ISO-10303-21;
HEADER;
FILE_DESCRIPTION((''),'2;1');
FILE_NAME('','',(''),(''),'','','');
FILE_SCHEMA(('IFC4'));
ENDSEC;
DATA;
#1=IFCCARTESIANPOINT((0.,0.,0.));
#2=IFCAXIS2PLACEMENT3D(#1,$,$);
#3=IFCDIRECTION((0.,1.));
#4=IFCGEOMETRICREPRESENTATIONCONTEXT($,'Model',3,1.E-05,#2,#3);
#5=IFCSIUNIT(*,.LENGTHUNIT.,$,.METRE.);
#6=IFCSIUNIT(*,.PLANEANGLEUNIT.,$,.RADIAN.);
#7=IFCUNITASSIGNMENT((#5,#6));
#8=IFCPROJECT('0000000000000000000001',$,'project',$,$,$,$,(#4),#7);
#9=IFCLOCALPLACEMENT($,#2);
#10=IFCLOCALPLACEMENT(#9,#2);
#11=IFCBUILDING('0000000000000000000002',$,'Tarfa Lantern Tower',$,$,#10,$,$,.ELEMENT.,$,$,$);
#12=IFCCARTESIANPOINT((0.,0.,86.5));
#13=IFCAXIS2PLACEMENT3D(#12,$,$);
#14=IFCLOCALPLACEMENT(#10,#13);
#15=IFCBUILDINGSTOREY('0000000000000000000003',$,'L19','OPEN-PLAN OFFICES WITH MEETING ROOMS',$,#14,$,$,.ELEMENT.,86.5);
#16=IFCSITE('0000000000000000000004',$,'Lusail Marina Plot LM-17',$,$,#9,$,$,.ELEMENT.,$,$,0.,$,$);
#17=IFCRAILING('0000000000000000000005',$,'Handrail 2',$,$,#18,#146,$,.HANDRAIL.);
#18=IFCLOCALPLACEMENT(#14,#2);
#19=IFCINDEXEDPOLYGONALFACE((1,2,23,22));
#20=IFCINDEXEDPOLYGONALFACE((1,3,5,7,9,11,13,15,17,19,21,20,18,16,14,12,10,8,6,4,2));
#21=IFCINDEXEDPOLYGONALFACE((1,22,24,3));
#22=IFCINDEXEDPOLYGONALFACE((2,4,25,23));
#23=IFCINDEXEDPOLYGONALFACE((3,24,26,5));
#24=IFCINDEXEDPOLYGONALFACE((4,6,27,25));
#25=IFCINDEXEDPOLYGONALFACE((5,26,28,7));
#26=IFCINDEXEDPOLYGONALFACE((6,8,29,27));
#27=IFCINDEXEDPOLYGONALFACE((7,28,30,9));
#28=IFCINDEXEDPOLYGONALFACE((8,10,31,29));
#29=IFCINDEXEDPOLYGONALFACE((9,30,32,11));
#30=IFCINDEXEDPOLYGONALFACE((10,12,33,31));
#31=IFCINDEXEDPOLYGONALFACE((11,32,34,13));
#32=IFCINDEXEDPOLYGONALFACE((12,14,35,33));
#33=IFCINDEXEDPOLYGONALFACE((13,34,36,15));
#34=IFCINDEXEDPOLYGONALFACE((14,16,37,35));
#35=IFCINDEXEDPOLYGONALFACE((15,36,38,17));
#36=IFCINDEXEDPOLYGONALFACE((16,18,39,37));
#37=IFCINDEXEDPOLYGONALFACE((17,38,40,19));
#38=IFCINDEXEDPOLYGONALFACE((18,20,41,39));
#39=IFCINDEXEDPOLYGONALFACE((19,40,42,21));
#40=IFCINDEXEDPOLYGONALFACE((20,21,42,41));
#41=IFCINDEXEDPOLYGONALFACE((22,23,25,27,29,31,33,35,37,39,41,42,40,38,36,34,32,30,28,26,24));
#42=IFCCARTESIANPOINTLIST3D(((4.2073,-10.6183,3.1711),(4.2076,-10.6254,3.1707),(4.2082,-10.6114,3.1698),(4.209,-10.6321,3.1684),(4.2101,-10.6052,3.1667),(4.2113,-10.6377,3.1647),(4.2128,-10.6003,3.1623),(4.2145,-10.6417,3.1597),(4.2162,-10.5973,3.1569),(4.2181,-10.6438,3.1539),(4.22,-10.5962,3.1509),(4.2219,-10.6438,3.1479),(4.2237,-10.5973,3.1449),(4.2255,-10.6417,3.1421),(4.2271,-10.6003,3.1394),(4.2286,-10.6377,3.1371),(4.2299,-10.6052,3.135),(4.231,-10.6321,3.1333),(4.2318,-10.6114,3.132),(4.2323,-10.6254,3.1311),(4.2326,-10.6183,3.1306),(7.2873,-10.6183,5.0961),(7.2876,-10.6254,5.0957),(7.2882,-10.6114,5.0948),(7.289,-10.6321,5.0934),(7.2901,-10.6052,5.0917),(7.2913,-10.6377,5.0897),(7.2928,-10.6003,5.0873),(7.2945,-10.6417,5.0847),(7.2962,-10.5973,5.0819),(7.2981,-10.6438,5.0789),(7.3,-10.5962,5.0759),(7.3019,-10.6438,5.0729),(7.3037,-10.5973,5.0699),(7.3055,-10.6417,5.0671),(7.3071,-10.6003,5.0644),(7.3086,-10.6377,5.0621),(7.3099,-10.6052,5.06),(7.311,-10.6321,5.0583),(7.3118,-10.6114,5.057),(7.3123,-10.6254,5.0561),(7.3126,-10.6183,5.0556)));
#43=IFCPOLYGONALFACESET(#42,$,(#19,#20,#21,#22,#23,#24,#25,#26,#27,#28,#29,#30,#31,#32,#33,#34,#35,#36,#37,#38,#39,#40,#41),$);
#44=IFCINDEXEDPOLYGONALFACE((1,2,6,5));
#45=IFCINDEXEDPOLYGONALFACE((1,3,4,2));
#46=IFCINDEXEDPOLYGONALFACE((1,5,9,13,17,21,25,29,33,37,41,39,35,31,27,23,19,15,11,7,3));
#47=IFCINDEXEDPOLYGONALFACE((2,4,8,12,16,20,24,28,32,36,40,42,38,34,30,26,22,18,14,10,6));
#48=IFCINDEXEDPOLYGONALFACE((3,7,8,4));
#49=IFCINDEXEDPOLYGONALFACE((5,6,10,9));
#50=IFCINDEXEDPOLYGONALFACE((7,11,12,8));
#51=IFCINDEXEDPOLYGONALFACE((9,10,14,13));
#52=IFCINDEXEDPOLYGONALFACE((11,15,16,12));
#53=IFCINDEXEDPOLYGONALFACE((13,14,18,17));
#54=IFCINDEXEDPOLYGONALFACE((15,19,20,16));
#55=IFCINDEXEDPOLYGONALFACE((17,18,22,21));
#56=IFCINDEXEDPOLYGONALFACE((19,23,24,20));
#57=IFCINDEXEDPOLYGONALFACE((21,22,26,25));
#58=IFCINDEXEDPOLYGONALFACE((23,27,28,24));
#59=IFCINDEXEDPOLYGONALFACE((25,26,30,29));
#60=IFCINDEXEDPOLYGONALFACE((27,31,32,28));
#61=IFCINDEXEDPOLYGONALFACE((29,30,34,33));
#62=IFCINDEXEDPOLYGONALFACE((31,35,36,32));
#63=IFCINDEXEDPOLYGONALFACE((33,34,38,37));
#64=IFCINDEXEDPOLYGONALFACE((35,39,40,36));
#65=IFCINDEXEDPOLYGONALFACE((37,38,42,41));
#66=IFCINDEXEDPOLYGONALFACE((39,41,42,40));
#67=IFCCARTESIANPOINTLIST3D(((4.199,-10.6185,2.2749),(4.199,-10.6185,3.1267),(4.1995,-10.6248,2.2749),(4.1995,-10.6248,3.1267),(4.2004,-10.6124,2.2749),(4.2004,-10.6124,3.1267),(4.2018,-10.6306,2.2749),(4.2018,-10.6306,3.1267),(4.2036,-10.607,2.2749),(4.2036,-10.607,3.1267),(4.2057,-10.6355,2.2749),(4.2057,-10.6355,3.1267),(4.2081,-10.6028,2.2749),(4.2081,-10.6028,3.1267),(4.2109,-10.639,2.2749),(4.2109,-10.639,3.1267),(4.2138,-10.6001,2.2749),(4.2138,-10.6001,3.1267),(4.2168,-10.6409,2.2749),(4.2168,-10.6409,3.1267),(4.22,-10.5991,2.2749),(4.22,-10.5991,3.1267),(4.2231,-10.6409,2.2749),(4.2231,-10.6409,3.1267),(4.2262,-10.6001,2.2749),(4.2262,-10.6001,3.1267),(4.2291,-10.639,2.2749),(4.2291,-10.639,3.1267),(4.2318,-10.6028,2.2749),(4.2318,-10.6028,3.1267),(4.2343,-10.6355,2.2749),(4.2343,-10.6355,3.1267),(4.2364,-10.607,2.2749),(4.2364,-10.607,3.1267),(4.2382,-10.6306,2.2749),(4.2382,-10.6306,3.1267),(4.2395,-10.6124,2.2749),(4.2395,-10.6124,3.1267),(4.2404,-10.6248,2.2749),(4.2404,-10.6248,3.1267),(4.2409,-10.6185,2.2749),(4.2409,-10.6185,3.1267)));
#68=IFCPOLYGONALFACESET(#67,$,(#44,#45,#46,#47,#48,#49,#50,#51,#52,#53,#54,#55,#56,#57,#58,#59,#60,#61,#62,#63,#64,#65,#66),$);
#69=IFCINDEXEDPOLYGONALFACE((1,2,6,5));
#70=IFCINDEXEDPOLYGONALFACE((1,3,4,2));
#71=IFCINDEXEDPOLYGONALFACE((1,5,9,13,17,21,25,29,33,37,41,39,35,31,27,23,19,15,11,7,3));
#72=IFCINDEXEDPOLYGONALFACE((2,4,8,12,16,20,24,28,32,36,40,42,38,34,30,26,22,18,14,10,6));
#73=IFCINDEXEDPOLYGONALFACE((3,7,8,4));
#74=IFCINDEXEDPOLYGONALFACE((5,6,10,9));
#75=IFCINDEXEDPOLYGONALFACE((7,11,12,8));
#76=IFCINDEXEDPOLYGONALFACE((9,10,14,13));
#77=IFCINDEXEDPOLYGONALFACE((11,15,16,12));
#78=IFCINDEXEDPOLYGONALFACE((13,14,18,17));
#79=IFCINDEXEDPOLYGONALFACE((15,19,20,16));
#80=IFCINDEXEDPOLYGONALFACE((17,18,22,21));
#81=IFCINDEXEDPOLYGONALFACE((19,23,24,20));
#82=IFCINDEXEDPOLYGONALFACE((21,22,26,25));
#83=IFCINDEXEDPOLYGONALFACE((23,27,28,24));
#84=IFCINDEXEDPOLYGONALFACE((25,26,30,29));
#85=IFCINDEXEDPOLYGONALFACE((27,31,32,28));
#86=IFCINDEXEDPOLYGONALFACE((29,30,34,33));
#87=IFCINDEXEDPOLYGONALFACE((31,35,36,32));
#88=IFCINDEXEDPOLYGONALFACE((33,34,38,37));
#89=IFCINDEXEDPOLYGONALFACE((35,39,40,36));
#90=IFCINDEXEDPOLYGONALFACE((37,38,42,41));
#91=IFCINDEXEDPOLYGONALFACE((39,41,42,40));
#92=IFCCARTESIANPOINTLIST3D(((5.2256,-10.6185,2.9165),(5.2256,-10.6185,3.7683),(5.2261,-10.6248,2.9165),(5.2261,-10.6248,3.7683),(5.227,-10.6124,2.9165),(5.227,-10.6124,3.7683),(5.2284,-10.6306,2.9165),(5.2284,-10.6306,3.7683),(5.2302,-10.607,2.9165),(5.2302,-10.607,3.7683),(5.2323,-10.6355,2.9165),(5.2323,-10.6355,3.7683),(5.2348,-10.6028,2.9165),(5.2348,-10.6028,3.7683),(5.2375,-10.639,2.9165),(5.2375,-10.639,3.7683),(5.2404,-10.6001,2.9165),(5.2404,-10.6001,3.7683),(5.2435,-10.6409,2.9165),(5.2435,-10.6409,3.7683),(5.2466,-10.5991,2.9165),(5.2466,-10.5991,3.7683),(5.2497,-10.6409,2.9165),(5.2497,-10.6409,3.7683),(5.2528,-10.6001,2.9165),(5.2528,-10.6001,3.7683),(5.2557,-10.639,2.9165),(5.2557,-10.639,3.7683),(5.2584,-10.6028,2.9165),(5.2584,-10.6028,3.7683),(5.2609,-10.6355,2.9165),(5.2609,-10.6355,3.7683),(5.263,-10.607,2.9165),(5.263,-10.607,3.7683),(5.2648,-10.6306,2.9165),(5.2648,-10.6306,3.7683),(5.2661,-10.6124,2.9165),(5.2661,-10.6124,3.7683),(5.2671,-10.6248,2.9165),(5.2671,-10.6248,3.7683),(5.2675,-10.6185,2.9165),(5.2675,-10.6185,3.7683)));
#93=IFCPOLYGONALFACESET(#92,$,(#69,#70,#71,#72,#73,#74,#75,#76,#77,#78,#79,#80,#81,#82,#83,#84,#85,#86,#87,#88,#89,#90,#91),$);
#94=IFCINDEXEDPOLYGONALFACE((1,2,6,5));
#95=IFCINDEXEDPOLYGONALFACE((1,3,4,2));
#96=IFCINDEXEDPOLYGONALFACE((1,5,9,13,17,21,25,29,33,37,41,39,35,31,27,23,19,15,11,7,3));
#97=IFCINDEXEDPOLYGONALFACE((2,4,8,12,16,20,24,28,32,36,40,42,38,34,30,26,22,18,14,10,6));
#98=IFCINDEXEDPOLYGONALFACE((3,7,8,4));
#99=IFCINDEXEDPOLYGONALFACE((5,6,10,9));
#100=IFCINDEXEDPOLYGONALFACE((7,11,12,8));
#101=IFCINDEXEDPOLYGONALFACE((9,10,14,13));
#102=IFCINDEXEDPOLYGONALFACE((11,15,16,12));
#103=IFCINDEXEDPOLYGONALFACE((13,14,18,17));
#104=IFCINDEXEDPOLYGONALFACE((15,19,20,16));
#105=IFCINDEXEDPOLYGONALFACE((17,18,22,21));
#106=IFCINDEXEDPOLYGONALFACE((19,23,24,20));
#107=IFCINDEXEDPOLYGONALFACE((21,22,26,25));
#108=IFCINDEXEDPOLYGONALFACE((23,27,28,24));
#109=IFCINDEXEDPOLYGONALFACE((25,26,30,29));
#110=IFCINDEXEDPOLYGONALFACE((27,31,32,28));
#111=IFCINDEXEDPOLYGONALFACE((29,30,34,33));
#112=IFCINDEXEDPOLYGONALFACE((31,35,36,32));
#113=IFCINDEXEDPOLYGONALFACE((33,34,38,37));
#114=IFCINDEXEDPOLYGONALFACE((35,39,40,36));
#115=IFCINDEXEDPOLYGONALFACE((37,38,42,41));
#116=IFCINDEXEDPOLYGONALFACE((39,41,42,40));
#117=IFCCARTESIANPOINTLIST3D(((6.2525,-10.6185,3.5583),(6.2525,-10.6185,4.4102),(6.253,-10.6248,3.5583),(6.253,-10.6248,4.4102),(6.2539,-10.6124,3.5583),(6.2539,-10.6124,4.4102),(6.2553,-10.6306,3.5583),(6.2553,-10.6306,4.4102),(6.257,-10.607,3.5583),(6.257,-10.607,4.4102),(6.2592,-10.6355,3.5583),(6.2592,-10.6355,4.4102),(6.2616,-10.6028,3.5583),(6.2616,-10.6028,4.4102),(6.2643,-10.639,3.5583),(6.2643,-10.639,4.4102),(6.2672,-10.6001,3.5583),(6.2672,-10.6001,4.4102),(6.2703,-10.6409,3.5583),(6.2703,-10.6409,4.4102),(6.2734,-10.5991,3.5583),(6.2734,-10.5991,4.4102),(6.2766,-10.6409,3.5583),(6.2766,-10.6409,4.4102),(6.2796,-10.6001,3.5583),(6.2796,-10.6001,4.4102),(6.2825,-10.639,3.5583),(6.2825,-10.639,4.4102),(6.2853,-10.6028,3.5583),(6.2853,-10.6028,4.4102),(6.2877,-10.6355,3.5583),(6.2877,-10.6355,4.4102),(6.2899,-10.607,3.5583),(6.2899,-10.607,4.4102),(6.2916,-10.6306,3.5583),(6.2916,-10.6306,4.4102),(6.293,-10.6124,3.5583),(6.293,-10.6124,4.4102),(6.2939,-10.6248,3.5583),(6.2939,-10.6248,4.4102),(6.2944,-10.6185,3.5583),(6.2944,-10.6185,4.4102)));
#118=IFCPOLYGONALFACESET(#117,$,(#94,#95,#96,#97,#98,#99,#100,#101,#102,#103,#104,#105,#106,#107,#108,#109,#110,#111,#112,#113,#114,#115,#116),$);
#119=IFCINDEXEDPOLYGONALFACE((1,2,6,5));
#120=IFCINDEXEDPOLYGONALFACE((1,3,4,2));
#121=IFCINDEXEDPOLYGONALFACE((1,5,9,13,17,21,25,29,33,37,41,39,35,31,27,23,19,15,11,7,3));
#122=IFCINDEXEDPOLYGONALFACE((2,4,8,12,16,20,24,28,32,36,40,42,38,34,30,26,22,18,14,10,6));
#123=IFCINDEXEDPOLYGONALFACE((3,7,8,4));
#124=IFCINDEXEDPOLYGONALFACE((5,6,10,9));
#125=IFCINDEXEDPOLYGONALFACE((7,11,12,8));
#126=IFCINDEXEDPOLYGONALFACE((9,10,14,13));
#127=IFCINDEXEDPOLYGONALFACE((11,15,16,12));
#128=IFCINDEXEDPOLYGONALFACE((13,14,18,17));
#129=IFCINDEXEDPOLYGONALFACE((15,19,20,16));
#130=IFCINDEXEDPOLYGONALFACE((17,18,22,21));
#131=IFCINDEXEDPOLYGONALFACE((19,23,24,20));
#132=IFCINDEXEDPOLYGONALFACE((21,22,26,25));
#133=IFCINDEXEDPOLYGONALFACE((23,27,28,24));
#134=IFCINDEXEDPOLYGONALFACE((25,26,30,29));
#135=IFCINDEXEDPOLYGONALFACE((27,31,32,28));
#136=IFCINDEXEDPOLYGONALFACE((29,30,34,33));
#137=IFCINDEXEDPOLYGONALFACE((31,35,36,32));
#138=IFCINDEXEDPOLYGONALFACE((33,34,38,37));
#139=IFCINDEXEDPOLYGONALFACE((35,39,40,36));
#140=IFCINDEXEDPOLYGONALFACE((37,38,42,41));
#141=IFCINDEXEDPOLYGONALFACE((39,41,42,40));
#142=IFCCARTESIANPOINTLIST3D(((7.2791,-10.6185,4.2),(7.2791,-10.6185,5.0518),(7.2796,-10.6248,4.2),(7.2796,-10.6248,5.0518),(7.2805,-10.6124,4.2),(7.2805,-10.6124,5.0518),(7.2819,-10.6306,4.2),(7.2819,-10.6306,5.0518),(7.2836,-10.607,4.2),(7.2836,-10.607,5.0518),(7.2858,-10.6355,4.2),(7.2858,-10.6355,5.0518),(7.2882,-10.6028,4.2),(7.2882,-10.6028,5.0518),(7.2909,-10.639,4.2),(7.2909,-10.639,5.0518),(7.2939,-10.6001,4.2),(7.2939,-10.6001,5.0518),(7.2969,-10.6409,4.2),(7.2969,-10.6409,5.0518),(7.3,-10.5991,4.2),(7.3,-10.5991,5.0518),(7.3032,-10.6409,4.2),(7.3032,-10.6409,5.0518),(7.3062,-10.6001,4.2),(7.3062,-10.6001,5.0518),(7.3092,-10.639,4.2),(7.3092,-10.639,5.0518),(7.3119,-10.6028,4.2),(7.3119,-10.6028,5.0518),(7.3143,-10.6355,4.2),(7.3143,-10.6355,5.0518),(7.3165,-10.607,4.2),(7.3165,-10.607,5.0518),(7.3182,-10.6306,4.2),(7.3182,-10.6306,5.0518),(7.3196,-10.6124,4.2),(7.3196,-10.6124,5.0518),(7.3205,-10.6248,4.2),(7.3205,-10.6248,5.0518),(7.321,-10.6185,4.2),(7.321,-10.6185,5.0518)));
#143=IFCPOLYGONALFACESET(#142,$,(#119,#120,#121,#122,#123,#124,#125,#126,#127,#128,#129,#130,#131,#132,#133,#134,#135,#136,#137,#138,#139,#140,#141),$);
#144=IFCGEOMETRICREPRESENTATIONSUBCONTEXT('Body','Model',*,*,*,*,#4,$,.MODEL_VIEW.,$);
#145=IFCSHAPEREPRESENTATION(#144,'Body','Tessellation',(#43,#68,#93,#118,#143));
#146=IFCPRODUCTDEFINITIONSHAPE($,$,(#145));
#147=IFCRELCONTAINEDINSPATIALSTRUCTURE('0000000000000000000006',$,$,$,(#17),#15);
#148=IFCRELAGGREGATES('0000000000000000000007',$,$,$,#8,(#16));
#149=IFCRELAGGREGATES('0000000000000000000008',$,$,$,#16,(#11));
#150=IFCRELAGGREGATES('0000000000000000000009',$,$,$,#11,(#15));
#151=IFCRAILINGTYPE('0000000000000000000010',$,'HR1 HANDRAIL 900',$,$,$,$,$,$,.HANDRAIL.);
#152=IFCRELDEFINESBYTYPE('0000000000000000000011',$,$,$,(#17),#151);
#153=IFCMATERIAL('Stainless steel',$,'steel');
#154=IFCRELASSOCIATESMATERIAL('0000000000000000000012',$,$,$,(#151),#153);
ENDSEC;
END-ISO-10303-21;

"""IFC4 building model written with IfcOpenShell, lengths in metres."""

from ifc_helpers import new_model, si_unit, direction, frame, origin, origin_2d, place, context, subcontext, project, spatial, circle, extrude, material, type_object, element, save


model = new_model("IFC4")

# Units and contexts
model_context = context("Model", 3, precision=1e-05, world=origin(), true_north=direction((0.0, 1.0)))
body_context = subcontext(model_context, "Body", "Model", "MODEL_VIEW")
ifc_project = project(units=[si_unit("LENGTHUNIT", "METRE"), si_unit("PLANEANGLEUNIT", "RADIAN")], contexts=[model_context])

# Site, building, storey
site_placement = place(None, origin())
site = spatial("IfcSite", under=ifc_project, at=site_placement, Name="Lusail Marina Plot LM-17", CompositionType="ELEMENT", RefElevation=0.0)
building_placement = place(site_placement, origin())
building = spatial("IfcBuilding", under=site, at=building_placement, Name="Tarfa Lantern Tower", CompositionType="ELEMENT")
storey_placement = place(building_placement, frame((0.0, 0.0, 86.5)))
storey = spatial("IfcBuildingStorey", under=building, at=storey_placement, Name="L19", Description="OPEN-PLAN OFFICES WITH MEETING ROOMS", CompositionType="ELEMENT", Elevation=86.5)

# Railing
ifc_material_1 = material(Name="Stainless steel", Category="steel")
railing_type = type_object("IfcRailingType", Name="HR1 HANDRAIL 900", PredefinedType="HANDRAIL", material=ifc_material_1)
railing_1_placement = place(storey_placement, frame((4.22, -10.6201, 2.2749)))
element("IfcRailing", 1, at=railing_1_placement, inside=storey, type_object=railing_type, Name="Handrail 2", PredefinedType="HANDRAIL", context=body_context, shape_type="SweptSolid", body=[
    extrude(circle(Radius=0.0239, at=origin_2d()), frame((0.0, 0.0, 0.876), z_axis=(0.847998, 0.0, 0.529999), x_axis=(0.0, 1.0, 0.0)), (0.0, 0.0, 1.0), 3.6321),
    extrude(circle(Radius=0.021, at=origin_2d()), frame((0.0, 0.0, 0.0), z_axis=(0.0, 0.0, 1.0), x_axis=(0.0, 1.0, 0.0)), (0.0, 0.0, 1.0), 0.8518),
    extrude(circle(Radius=0.021, at=origin_2d()), frame((1.0266, 0.0, 0.6416), z_axis=(0.0, 0.0, 1.0), x_axis=(0.0, 1.0, 0.0)), (0.0, 0.0, 1.0), 0.8518),
    extrude(circle(Radius=0.021, at=origin_2d()), frame((2.0535, 0.0, 1.2834), z_axis=(0.0, 0.0, 1.0), x_axis=(0.0, 1.0, 0.0)), (0.0, 0.0, 1.0), 0.8518),
    extrude(circle(Radius=0.021, at=origin_2d()), frame((3.0801, 0.0, 1.925), z_axis=(0.0, 0.0, 1.0), x_axis=(0.0, 1.0, 0.0)), (0.0, 0.0, 1.0), 0.8518),
])

save(model, "model.ifc")
